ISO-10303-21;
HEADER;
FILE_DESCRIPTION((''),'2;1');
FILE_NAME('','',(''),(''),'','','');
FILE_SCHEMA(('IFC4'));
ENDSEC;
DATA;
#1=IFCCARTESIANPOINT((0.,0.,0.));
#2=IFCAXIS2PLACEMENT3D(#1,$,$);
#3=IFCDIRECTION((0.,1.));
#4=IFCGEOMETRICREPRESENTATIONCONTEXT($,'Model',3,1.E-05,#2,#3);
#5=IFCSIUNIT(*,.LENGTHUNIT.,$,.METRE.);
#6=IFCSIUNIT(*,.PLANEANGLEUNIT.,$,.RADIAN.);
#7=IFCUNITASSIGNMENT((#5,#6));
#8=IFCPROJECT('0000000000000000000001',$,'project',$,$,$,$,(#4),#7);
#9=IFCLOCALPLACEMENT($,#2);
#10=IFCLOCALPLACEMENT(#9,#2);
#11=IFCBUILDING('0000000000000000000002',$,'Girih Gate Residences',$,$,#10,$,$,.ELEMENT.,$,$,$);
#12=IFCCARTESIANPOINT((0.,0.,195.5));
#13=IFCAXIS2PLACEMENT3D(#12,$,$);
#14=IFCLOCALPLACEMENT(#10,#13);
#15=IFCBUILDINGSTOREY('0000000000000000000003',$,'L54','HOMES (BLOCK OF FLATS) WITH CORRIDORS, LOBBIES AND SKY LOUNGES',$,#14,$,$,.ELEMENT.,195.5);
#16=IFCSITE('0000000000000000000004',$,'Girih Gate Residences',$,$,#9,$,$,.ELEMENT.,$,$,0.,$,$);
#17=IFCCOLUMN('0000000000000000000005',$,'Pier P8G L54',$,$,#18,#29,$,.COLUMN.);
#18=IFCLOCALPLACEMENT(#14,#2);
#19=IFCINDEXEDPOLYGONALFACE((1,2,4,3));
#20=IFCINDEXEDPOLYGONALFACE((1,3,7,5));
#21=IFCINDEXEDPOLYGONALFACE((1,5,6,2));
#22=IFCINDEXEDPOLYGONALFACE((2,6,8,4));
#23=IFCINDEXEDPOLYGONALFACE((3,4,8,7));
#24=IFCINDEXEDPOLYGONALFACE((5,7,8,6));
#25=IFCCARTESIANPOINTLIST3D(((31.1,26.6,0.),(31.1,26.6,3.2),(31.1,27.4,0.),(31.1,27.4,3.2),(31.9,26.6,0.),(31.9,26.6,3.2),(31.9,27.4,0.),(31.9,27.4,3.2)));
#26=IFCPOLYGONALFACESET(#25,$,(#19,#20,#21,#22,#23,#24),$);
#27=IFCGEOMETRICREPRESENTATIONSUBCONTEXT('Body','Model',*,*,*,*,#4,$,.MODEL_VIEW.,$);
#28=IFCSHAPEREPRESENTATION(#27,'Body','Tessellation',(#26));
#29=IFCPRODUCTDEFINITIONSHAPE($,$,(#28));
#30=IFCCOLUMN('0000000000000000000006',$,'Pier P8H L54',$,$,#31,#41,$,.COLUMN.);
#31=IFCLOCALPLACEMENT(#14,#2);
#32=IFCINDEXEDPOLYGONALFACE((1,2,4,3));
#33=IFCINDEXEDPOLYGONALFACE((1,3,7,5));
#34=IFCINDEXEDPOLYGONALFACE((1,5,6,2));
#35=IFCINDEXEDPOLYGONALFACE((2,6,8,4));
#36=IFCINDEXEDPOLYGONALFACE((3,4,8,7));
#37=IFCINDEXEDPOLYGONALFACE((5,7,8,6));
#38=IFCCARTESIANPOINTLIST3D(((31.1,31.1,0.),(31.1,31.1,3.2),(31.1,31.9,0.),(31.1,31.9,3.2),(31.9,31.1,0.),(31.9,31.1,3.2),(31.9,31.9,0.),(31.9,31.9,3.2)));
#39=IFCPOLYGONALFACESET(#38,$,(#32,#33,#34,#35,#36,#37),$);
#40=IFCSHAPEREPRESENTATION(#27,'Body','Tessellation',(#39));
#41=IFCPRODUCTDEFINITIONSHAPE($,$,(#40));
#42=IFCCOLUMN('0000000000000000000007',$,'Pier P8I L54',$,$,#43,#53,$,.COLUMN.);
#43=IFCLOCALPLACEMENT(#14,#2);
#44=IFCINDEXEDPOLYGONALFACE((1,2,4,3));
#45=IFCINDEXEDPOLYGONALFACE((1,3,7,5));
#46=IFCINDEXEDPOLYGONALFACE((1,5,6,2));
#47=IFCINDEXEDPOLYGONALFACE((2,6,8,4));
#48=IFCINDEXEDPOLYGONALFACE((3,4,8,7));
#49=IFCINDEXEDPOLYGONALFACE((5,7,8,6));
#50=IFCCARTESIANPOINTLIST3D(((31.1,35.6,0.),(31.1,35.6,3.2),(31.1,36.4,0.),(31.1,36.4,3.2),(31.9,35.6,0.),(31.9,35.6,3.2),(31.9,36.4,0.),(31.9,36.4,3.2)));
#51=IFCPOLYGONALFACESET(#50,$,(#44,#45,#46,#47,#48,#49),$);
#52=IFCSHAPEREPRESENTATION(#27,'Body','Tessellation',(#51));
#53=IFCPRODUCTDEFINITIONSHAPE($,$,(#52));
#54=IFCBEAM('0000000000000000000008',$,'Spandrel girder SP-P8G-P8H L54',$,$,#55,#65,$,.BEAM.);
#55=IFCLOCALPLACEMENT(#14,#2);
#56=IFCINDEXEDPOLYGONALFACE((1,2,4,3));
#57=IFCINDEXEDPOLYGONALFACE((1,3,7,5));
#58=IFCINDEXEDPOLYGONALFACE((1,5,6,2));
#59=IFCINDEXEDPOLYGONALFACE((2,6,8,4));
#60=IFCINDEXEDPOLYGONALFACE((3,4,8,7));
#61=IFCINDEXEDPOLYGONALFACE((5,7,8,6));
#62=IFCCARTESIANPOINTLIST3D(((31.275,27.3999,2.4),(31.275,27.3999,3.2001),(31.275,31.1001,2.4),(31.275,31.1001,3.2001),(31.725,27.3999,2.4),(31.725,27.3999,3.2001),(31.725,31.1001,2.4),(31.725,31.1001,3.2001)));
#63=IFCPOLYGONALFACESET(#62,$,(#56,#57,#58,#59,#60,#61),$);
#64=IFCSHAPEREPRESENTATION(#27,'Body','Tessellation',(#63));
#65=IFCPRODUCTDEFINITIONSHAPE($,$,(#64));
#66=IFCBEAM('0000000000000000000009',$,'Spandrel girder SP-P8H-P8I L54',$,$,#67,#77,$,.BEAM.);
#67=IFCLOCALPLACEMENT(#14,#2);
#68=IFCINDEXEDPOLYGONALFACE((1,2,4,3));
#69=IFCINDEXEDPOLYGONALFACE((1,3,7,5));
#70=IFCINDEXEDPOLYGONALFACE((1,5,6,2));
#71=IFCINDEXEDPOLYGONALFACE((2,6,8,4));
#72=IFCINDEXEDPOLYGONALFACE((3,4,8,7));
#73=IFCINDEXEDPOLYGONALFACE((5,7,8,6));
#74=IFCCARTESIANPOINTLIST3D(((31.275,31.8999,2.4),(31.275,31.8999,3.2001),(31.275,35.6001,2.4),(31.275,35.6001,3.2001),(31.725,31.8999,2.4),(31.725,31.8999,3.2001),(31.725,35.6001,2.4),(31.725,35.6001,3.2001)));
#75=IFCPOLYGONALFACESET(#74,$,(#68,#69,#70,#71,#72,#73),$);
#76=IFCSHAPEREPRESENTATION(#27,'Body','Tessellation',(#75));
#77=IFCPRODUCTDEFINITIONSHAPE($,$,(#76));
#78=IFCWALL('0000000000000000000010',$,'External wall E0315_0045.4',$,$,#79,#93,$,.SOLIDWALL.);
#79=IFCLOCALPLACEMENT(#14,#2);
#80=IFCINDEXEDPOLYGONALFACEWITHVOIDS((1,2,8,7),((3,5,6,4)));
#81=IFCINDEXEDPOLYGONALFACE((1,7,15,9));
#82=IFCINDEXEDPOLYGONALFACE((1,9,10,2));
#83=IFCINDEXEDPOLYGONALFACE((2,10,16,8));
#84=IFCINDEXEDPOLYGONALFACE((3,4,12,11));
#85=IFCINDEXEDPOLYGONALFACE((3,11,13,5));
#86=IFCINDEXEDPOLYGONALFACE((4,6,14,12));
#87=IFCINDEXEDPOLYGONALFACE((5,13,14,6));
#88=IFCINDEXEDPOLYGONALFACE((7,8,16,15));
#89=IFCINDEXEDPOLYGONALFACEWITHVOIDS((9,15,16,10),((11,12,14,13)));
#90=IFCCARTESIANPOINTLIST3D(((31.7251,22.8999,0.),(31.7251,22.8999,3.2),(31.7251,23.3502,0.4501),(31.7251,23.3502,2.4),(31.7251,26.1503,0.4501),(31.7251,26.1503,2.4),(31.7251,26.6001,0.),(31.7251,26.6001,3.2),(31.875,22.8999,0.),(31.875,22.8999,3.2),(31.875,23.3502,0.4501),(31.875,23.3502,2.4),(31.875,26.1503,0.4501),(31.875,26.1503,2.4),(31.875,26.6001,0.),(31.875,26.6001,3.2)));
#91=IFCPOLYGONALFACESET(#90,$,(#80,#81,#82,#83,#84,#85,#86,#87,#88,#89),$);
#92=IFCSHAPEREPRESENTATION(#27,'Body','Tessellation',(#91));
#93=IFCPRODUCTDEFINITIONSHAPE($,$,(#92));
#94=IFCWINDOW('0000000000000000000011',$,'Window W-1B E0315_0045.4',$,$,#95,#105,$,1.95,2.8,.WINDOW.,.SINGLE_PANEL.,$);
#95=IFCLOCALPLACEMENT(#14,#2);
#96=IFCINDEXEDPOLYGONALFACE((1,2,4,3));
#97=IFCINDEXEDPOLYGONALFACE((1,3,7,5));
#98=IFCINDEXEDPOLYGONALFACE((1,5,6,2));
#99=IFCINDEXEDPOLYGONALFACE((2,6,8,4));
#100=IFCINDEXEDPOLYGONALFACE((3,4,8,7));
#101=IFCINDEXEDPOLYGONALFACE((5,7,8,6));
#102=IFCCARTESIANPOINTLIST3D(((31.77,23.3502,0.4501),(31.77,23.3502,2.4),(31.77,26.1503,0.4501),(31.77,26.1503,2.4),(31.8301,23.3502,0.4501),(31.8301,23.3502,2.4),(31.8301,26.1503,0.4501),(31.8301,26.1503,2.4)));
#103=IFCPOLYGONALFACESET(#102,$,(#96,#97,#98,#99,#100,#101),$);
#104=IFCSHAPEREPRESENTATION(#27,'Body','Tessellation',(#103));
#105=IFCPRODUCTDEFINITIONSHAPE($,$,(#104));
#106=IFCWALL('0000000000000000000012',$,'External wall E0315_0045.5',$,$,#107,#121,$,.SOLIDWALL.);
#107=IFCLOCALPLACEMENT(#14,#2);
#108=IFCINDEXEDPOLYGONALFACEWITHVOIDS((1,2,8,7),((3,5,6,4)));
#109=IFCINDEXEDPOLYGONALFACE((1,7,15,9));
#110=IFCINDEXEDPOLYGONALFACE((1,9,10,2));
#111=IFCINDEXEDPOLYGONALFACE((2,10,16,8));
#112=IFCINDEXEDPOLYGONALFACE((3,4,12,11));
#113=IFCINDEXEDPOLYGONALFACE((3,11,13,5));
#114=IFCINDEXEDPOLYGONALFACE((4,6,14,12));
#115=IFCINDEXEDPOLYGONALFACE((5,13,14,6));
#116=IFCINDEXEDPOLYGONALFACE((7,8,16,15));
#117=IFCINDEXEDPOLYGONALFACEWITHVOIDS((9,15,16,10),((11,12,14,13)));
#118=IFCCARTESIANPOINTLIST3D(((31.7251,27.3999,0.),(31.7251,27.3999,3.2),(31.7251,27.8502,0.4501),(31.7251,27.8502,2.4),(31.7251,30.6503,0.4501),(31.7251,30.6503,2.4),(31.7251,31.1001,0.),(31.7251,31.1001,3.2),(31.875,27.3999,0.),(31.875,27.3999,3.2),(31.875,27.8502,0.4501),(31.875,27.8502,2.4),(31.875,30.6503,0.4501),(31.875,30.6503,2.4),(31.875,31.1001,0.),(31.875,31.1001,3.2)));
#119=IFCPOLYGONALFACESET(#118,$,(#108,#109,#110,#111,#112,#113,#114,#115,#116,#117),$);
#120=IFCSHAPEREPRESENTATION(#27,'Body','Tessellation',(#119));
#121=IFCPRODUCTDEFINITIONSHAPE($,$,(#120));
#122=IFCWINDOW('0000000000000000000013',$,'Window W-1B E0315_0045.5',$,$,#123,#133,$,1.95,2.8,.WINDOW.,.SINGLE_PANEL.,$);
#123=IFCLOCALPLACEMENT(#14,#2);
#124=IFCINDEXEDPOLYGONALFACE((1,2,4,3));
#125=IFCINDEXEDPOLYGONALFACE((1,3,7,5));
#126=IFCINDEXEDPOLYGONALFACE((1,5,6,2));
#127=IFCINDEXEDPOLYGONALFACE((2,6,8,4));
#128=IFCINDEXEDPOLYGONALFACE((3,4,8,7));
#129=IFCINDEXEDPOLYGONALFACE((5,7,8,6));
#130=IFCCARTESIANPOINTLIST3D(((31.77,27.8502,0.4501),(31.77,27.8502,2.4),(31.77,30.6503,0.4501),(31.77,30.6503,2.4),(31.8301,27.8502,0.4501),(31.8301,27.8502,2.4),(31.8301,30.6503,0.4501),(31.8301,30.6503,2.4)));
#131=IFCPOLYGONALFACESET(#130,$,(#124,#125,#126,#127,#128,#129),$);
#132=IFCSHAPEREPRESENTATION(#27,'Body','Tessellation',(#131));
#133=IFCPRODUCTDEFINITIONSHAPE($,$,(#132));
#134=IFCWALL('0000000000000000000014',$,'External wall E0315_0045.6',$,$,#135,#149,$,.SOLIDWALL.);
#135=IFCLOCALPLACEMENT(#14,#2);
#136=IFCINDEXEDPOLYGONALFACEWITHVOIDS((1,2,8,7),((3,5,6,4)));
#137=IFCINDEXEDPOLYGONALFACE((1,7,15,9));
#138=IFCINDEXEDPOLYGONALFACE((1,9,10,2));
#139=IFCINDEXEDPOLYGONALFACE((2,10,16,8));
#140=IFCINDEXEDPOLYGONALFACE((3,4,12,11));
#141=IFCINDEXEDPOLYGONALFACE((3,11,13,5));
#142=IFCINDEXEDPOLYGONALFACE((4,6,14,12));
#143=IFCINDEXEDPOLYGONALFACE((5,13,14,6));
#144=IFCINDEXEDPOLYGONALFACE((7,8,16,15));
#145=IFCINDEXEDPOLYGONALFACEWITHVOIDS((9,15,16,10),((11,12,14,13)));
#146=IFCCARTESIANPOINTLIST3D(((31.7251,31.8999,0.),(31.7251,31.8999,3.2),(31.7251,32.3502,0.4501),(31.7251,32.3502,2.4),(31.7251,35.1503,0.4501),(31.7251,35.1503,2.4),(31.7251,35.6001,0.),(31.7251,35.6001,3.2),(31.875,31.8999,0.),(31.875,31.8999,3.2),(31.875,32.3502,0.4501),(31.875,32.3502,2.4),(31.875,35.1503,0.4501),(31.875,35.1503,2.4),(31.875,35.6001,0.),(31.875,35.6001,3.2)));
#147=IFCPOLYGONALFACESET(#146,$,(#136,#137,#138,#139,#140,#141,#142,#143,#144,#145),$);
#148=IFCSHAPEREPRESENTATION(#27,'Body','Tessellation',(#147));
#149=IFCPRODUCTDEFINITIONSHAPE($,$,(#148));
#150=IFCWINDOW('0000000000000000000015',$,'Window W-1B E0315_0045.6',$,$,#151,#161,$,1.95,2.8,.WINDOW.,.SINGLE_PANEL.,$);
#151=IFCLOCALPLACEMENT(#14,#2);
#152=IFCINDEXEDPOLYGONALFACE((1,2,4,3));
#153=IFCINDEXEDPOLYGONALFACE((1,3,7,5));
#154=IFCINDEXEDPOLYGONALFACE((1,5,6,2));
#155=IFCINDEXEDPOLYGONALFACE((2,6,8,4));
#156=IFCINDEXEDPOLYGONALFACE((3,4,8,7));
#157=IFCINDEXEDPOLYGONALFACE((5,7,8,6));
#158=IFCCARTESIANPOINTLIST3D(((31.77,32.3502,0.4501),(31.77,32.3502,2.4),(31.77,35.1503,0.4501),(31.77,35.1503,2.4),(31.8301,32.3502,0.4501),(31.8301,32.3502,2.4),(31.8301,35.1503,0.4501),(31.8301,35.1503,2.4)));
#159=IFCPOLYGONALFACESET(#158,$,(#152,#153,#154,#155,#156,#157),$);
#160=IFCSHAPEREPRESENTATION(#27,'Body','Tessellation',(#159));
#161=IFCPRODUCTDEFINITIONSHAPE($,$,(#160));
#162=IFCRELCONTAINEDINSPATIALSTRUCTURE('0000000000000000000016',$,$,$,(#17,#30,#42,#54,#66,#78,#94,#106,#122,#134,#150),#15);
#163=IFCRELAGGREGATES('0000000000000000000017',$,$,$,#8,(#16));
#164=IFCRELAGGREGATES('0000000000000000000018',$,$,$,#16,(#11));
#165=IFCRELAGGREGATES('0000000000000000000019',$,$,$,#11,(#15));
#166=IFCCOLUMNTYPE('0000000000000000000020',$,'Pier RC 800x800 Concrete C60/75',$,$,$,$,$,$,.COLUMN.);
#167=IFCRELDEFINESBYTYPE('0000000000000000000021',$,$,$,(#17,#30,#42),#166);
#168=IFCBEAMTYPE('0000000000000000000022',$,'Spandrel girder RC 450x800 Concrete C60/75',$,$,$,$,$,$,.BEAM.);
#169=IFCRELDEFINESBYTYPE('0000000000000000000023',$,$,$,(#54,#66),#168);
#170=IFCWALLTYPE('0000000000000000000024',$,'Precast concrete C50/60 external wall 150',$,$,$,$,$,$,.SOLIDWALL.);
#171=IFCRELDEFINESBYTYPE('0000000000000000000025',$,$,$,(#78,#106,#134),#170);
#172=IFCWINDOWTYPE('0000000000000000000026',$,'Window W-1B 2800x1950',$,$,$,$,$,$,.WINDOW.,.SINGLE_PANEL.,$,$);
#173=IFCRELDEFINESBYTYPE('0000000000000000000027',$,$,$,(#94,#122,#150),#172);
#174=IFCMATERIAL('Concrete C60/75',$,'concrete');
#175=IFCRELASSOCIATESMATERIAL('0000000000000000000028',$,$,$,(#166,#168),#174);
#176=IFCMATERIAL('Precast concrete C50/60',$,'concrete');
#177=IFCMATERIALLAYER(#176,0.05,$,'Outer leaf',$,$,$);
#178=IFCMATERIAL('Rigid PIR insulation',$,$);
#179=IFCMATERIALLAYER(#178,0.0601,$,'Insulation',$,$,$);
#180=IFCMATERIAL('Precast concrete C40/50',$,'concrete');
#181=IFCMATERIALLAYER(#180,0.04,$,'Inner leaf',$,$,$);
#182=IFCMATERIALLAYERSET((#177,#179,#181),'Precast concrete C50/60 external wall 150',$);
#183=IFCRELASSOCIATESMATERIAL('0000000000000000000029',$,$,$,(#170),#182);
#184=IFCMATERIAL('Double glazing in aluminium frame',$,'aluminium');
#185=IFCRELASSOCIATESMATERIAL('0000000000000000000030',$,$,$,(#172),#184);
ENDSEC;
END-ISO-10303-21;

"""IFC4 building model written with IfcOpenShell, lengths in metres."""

from ifc_helpers import new_model, si_unit, direction, frame, frame_2d, origin, origin_2d, place, context, subcontext, project, spatial, rectangle, extrude, material, layer, layer_set, material_profile, profile_set, type_object, element, fill, save


model = new_model("IFC4")

# Units and contexts
model_context = context("Model", 3, precision=1e-05, world=origin(), true_north=direction((0.0, 1.0)))
body_context = subcontext(model_context, "Body", "Model", "MODEL_VIEW")
ifc_project = project(units=[si_unit("LENGTHUNIT", "METRE"), si_unit("PLANEANGLEUNIT", "RADIAN")], contexts=[model_context])

# Site, building, storey
site_placement = place(None, origin())
site = spatial("IfcSite", under=ifc_project, at=site_placement, Name="Girih Gate Residences", CompositionType="ELEMENT", RefElevation=0.0)
building_placement = place(site_placement, origin())
building = spatial("IfcBuilding", under=site, at=building_placement, Name="Girih Gate Residences", CompositionType="ELEMENT")
storey_placement = place(building_placement, frame((0.0, 0.0, 195.5)))
storey = spatial("IfcBuildingStorey", under=building, at=storey_placement, Name="L54", Description="HOMES (BLOCK OF FLATS) WITH CORRIDORS, LOBBIES AND SKY LOUNGES", CompositionType="ELEMENT", Elevation=195.5)

# Columns
ifc_material_1 = material(Name="Concrete C60/75", Category="concrete")
ifc_material_profile_1 = material_profile(ifc_material_1, rectangle(XDim=0.8, YDim=0.8, at=origin_2d()))
ifc_profile_set_1 = profile_set([ifc_material_profile_1], Name="Concrete C60/75")
column_type = type_object("IfcColumnType", Name="Pier RC 800x800 Concrete C60/75", PredefinedType="COLUMN", material=ifc_profile_set_1)
for number, where, z_axis, x_axis, name in (
    (1, (31.5, 27.0, 0.0), (0.0, 0.0, 1.0), (1.0, 0.0, 0.0), "Pier P8G L54"),
    (2, (31.5, 31.5, 0.0), (0.0, 0.0, 1.0), (1.0, 0.0, 0.0), "Pier P8H L54"),
    (3, (31.5, 36.0, 0.0), (0.0, 0.0, 1.0), (1.0, 0.0, 0.0), "Pier P8I L54"),
):
    element("IfcColumn", number, at=place(storey_placement, frame(where, z_axis=z_axis, x_axis=x_axis)), inside=storey, type_object=column_type, Name=name, PredefinedType="COLUMN", context=body_context, shape_type="SweptSolid", body=[
        extrude(rectangle(XDim=0.8, YDim=0.8, at=origin_2d()), origin(), (0.0, 0.0, 1.0), 3.2),
    ])

# Beams
ifc_material_profile_2 = material_profile(ifc_material_1, rectangle(XDim=0.45, YDim=0.8, at=origin_2d()))
ifc_profile_set_2 = profile_set([ifc_material_profile_2], Name="Concrete C60/75")
beam_type = type_object("IfcBeamType", Name="Spandrel girder RC 450x800 Concrete C60/75", PredefinedType="BEAM", material=ifc_profile_set_2)
for number, where, z_axis, x_axis, name in (
    (4, (31.5, 27.3999, 2.8), (0.0, 1.0, 0.0), (-1.0, 0.0, 0.0), "Spandrel girder SP-P8G-P8H L54"),
    (5, (31.5, 31.8999, 2.8), (0.0, 1.0, 0.0), (-1.0, 0.0, 0.0), "Spandrel girder SP-P8H-P8I L54"),
):
    element("IfcBeam", number, at=place(storey_placement, frame(where, z_axis=z_axis, x_axis=x_axis)), inside=storey, type_object=beam_type, Name=name, PredefinedType="BEAM", context=body_context, shape_type="SweptSolid", body=[
        extrude(rectangle(XDim=0.45, YDim=0.8, at=origin_2d()), origin(), (0.0, 0.0, 1.0), 3.7002),
    ])

# Walls, openings, windows
ifc_material_2 = material(Name="Precast concrete C50/60", Category="concrete")
ifc_layer_1 = layer(ifc_material_2, 0.05, Name="Outer leaf")
ifc_material_3 = material(Name="Rigid PIR insulation")
ifc_layer_2 = layer(ifc_material_3, 0.0601, Name="Insulation")
ifc_material_4 = material(Name="Precast concrete C40/50", Category="concrete")
ifc_layer_3 = layer(ifc_material_4, 0.04, Name="Inner leaf")
ifc_layer_set_1 = layer_set([ifc_layer_1, ifc_layer_2, ifc_layer_3], Name="Precast concrete C50/60 external wall 150")
wall_type_1 = type_object("IfcWallType", Name="Precast concrete C50/60 external wall 150", PredefinedType="SOLIDWALL", material=ifc_layer_set_1)
wall_1_placement = place(storey_placement, frame((31.8, 26.6001, 0.0), z_axis=(0.0, 0.0, 1.0), x_axis=(0.0, -1.0, 0.0)))
wall_1 = element("IfcWall", 6, at=wall_1_placement, inside=storey, type_object=wall_type_1, Name="External wall E0315_0045.4", PredefinedType="SOLIDWALL", context=body_context, shape_type="SweptSolid", body=[
    extrude(rectangle(XDim=3.7002, YDim=0.1499, at=frame_2d((1.8501, 0.0))), origin(), (0.0, 0.0, 1.0), 3.2),
])
opening_1_placement = place(wall_1_placement, frame((0.45, 0.0, 0.45)))
opening_1 = element("IfcOpeningElement", 7, at=opening_1_placement, cuts=wall_1, PredefinedType="OPENING", context=body_context, shape_type="SweptSolid", body=[
    extrude(rectangle(XDim=2.8, YDim=1.95, at=frame_2d((1.3999, 0.9751))), frame((0.0, 0.085, 0.0), z_axis=(0.0, -1.0, 0.0), x_axis=(1.0, 0.0, 0.0)), (0.0, 0.0, 1.0), 0.1699),
])
ifc_material_5 = material(Name="Double glazing in aluminium frame", Category="aluminium")
window_type = type_object("IfcWindowType", Name="Window W-1B 2800x1950", PartitioningType="SINGLE_PANEL", PredefinedType="WINDOW", material=ifc_material_5)
window_1_placement = place(opening_1_placement, origin())
window_1 = element("IfcWindow", 8, at=window_1_placement, inside=storey, type_object=window_type, Name="Window W-1B E0315_0045.4", OverallHeight=1.95, OverallWidth=2.8, PartitioningType="SINGLE_PANEL", PredefinedType="WINDOW", context=body_context, shape_type="SweptSolid", body=[
    extrude(rectangle(XDim=2.8, YDim=1.95, at=frame_2d((1.3999, 0.9751))), frame((0.0, 0.03, 0.0), z_axis=(0.0, -1.0, 0.0), x_axis=(1.0, 0.0, 0.0)), (0.0, 0.0, 1.0), 0.0601),
])
fill(opening_1, window_1)
wall_2_placement = place(storey_placement, frame((31.8, 31.1001, 0.0), z_axis=(0.0, 0.0, 1.0), x_axis=(0.0, -1.0, 0.0)))
wall_2 = element("IfcWall", 9, at=wall_2_placement, inside=storey, type_object=wall_type_1, Name="External wall E0315_0045.5", PredefinedType="SOLIDWALL", context=body_context, shape_type="SweptSolid", body=[
    extrude(rectangle(XDim=3.7002, YDim=0.1499, at=frame_2d((1.8501, 0.0))), origin(), (0.0, 0.0, 1.0), 3.2),
])
opening_2_placement = place(wall_2_placement, frame((0.45, 0.0, 0.45)))
opening_2 = element("IfcOpeningElement", 10, at=opening_2_placement, cuts=wall_2, PredefinedType="OPENING", context=body_context, shape_type="SweptSolid", body=[
    extrude(rectangle(XDim=2.8, YDim=1.95, at=frame_2d((1.3999, 0.9751))), frame((0.0, 0.085, 0.0), z_axis=(0.0, -1.0, 0.0), x_axis=(1.0, 0.0, 0.0)), (0.0, 0.0, 1.0), 0.1699),
])
window_2_placement = place(opening_2_placement, origin())
window_2 = element("IfcWindow", 11, at=window_2_placement, inside=storey, type_object=window_type, Name="Window W-1B E0315_0045.5", OverallHeight=1.95, OverallWidth=2.8, PartitioningType="SINGLE_PANEL", PredefinedType="WINDOW", context=body_context, shape_type="SweptSolid", body=[
    extrude(rectangle(XDim=2.8, YDim=1.95, at=frame_2d((1.3999, 0.9751))), frame((0.0, 0.03, 0.0), z_axis=(0.0, -1.0, 0.0), x_axis=(1.0, 0.0, 0.0)), (0.0, 0.0, 1.0), 0.0601),
])
fill(opening_2, window_2)
wall_3_placement = place(storey_placement, frame((31.8, 35.6001, 0.0), z_axis=(0.0, 0.0, 1.0), x_axis=(0.0, -1.0, 0.0)))
wall_3 = element("IfcWall", 12, at=wall_3_placement, inside=storey, type_object=wall_type_1, Name="External wall E0315_0045.6", PredefinedType="SOLIDWALL", context=body_context, shape_type="SweptSolid", body=[
    extrude(rectangle(XDim=3.7002, YDim=0.1499, at=frame_2d((1.8501, 0.0))), origin(), (0.0, 0.0, 1.0), 3.2),
])
opening_3_placement = place(wall_3_placement, frame((0.45, 0.0, 0.45)))
opening_3 = element("IfcOpeningElement", 13, at=opening_3_placement, cuts=wall_3, PredefinedType="OPENING", context=body_context, shape_type="SweptSolid", body=[
    extrude(rectangle(XDim=2.8, YDim=1.95, at=frame_2d((1.3999, 0.9751))), frame((0.0, 0.085, 0.0), z_axis=(0.0, -1.0, 0.0), x_axis=(1.0, 0.0, 0.0)), (0.0, 0.0, 1.0), 0.1699),
])
window_3_placement = place(opening_3_placement, origin())
window_3 = element("IfcWindow", 14, at=window_3_placement, inside=storey, type_object=window_type, Name="Window W-1B E0315_0045.6", OverallHeight=1.95, OverallWidth=2.8, PartitioningType="SINGLE_PANEL", PredefinedType="WINDOW", context=body_context, shape_type="SweptSolid", body=[
    extrude(rectangle(XDim=2.8, YDim=1.95, at=frame_2d((1.3999, 0.9751))), frame((0.0, 0.03, 0.0), z_axis=(0.0, -1.0, 0.0), x_axis=(1.0, 0.0, 0.0)), (0.0, 0.0, 1.0), 0.0601),
])
fill(opening_3, window_3)

save(model, "model.ifc")
